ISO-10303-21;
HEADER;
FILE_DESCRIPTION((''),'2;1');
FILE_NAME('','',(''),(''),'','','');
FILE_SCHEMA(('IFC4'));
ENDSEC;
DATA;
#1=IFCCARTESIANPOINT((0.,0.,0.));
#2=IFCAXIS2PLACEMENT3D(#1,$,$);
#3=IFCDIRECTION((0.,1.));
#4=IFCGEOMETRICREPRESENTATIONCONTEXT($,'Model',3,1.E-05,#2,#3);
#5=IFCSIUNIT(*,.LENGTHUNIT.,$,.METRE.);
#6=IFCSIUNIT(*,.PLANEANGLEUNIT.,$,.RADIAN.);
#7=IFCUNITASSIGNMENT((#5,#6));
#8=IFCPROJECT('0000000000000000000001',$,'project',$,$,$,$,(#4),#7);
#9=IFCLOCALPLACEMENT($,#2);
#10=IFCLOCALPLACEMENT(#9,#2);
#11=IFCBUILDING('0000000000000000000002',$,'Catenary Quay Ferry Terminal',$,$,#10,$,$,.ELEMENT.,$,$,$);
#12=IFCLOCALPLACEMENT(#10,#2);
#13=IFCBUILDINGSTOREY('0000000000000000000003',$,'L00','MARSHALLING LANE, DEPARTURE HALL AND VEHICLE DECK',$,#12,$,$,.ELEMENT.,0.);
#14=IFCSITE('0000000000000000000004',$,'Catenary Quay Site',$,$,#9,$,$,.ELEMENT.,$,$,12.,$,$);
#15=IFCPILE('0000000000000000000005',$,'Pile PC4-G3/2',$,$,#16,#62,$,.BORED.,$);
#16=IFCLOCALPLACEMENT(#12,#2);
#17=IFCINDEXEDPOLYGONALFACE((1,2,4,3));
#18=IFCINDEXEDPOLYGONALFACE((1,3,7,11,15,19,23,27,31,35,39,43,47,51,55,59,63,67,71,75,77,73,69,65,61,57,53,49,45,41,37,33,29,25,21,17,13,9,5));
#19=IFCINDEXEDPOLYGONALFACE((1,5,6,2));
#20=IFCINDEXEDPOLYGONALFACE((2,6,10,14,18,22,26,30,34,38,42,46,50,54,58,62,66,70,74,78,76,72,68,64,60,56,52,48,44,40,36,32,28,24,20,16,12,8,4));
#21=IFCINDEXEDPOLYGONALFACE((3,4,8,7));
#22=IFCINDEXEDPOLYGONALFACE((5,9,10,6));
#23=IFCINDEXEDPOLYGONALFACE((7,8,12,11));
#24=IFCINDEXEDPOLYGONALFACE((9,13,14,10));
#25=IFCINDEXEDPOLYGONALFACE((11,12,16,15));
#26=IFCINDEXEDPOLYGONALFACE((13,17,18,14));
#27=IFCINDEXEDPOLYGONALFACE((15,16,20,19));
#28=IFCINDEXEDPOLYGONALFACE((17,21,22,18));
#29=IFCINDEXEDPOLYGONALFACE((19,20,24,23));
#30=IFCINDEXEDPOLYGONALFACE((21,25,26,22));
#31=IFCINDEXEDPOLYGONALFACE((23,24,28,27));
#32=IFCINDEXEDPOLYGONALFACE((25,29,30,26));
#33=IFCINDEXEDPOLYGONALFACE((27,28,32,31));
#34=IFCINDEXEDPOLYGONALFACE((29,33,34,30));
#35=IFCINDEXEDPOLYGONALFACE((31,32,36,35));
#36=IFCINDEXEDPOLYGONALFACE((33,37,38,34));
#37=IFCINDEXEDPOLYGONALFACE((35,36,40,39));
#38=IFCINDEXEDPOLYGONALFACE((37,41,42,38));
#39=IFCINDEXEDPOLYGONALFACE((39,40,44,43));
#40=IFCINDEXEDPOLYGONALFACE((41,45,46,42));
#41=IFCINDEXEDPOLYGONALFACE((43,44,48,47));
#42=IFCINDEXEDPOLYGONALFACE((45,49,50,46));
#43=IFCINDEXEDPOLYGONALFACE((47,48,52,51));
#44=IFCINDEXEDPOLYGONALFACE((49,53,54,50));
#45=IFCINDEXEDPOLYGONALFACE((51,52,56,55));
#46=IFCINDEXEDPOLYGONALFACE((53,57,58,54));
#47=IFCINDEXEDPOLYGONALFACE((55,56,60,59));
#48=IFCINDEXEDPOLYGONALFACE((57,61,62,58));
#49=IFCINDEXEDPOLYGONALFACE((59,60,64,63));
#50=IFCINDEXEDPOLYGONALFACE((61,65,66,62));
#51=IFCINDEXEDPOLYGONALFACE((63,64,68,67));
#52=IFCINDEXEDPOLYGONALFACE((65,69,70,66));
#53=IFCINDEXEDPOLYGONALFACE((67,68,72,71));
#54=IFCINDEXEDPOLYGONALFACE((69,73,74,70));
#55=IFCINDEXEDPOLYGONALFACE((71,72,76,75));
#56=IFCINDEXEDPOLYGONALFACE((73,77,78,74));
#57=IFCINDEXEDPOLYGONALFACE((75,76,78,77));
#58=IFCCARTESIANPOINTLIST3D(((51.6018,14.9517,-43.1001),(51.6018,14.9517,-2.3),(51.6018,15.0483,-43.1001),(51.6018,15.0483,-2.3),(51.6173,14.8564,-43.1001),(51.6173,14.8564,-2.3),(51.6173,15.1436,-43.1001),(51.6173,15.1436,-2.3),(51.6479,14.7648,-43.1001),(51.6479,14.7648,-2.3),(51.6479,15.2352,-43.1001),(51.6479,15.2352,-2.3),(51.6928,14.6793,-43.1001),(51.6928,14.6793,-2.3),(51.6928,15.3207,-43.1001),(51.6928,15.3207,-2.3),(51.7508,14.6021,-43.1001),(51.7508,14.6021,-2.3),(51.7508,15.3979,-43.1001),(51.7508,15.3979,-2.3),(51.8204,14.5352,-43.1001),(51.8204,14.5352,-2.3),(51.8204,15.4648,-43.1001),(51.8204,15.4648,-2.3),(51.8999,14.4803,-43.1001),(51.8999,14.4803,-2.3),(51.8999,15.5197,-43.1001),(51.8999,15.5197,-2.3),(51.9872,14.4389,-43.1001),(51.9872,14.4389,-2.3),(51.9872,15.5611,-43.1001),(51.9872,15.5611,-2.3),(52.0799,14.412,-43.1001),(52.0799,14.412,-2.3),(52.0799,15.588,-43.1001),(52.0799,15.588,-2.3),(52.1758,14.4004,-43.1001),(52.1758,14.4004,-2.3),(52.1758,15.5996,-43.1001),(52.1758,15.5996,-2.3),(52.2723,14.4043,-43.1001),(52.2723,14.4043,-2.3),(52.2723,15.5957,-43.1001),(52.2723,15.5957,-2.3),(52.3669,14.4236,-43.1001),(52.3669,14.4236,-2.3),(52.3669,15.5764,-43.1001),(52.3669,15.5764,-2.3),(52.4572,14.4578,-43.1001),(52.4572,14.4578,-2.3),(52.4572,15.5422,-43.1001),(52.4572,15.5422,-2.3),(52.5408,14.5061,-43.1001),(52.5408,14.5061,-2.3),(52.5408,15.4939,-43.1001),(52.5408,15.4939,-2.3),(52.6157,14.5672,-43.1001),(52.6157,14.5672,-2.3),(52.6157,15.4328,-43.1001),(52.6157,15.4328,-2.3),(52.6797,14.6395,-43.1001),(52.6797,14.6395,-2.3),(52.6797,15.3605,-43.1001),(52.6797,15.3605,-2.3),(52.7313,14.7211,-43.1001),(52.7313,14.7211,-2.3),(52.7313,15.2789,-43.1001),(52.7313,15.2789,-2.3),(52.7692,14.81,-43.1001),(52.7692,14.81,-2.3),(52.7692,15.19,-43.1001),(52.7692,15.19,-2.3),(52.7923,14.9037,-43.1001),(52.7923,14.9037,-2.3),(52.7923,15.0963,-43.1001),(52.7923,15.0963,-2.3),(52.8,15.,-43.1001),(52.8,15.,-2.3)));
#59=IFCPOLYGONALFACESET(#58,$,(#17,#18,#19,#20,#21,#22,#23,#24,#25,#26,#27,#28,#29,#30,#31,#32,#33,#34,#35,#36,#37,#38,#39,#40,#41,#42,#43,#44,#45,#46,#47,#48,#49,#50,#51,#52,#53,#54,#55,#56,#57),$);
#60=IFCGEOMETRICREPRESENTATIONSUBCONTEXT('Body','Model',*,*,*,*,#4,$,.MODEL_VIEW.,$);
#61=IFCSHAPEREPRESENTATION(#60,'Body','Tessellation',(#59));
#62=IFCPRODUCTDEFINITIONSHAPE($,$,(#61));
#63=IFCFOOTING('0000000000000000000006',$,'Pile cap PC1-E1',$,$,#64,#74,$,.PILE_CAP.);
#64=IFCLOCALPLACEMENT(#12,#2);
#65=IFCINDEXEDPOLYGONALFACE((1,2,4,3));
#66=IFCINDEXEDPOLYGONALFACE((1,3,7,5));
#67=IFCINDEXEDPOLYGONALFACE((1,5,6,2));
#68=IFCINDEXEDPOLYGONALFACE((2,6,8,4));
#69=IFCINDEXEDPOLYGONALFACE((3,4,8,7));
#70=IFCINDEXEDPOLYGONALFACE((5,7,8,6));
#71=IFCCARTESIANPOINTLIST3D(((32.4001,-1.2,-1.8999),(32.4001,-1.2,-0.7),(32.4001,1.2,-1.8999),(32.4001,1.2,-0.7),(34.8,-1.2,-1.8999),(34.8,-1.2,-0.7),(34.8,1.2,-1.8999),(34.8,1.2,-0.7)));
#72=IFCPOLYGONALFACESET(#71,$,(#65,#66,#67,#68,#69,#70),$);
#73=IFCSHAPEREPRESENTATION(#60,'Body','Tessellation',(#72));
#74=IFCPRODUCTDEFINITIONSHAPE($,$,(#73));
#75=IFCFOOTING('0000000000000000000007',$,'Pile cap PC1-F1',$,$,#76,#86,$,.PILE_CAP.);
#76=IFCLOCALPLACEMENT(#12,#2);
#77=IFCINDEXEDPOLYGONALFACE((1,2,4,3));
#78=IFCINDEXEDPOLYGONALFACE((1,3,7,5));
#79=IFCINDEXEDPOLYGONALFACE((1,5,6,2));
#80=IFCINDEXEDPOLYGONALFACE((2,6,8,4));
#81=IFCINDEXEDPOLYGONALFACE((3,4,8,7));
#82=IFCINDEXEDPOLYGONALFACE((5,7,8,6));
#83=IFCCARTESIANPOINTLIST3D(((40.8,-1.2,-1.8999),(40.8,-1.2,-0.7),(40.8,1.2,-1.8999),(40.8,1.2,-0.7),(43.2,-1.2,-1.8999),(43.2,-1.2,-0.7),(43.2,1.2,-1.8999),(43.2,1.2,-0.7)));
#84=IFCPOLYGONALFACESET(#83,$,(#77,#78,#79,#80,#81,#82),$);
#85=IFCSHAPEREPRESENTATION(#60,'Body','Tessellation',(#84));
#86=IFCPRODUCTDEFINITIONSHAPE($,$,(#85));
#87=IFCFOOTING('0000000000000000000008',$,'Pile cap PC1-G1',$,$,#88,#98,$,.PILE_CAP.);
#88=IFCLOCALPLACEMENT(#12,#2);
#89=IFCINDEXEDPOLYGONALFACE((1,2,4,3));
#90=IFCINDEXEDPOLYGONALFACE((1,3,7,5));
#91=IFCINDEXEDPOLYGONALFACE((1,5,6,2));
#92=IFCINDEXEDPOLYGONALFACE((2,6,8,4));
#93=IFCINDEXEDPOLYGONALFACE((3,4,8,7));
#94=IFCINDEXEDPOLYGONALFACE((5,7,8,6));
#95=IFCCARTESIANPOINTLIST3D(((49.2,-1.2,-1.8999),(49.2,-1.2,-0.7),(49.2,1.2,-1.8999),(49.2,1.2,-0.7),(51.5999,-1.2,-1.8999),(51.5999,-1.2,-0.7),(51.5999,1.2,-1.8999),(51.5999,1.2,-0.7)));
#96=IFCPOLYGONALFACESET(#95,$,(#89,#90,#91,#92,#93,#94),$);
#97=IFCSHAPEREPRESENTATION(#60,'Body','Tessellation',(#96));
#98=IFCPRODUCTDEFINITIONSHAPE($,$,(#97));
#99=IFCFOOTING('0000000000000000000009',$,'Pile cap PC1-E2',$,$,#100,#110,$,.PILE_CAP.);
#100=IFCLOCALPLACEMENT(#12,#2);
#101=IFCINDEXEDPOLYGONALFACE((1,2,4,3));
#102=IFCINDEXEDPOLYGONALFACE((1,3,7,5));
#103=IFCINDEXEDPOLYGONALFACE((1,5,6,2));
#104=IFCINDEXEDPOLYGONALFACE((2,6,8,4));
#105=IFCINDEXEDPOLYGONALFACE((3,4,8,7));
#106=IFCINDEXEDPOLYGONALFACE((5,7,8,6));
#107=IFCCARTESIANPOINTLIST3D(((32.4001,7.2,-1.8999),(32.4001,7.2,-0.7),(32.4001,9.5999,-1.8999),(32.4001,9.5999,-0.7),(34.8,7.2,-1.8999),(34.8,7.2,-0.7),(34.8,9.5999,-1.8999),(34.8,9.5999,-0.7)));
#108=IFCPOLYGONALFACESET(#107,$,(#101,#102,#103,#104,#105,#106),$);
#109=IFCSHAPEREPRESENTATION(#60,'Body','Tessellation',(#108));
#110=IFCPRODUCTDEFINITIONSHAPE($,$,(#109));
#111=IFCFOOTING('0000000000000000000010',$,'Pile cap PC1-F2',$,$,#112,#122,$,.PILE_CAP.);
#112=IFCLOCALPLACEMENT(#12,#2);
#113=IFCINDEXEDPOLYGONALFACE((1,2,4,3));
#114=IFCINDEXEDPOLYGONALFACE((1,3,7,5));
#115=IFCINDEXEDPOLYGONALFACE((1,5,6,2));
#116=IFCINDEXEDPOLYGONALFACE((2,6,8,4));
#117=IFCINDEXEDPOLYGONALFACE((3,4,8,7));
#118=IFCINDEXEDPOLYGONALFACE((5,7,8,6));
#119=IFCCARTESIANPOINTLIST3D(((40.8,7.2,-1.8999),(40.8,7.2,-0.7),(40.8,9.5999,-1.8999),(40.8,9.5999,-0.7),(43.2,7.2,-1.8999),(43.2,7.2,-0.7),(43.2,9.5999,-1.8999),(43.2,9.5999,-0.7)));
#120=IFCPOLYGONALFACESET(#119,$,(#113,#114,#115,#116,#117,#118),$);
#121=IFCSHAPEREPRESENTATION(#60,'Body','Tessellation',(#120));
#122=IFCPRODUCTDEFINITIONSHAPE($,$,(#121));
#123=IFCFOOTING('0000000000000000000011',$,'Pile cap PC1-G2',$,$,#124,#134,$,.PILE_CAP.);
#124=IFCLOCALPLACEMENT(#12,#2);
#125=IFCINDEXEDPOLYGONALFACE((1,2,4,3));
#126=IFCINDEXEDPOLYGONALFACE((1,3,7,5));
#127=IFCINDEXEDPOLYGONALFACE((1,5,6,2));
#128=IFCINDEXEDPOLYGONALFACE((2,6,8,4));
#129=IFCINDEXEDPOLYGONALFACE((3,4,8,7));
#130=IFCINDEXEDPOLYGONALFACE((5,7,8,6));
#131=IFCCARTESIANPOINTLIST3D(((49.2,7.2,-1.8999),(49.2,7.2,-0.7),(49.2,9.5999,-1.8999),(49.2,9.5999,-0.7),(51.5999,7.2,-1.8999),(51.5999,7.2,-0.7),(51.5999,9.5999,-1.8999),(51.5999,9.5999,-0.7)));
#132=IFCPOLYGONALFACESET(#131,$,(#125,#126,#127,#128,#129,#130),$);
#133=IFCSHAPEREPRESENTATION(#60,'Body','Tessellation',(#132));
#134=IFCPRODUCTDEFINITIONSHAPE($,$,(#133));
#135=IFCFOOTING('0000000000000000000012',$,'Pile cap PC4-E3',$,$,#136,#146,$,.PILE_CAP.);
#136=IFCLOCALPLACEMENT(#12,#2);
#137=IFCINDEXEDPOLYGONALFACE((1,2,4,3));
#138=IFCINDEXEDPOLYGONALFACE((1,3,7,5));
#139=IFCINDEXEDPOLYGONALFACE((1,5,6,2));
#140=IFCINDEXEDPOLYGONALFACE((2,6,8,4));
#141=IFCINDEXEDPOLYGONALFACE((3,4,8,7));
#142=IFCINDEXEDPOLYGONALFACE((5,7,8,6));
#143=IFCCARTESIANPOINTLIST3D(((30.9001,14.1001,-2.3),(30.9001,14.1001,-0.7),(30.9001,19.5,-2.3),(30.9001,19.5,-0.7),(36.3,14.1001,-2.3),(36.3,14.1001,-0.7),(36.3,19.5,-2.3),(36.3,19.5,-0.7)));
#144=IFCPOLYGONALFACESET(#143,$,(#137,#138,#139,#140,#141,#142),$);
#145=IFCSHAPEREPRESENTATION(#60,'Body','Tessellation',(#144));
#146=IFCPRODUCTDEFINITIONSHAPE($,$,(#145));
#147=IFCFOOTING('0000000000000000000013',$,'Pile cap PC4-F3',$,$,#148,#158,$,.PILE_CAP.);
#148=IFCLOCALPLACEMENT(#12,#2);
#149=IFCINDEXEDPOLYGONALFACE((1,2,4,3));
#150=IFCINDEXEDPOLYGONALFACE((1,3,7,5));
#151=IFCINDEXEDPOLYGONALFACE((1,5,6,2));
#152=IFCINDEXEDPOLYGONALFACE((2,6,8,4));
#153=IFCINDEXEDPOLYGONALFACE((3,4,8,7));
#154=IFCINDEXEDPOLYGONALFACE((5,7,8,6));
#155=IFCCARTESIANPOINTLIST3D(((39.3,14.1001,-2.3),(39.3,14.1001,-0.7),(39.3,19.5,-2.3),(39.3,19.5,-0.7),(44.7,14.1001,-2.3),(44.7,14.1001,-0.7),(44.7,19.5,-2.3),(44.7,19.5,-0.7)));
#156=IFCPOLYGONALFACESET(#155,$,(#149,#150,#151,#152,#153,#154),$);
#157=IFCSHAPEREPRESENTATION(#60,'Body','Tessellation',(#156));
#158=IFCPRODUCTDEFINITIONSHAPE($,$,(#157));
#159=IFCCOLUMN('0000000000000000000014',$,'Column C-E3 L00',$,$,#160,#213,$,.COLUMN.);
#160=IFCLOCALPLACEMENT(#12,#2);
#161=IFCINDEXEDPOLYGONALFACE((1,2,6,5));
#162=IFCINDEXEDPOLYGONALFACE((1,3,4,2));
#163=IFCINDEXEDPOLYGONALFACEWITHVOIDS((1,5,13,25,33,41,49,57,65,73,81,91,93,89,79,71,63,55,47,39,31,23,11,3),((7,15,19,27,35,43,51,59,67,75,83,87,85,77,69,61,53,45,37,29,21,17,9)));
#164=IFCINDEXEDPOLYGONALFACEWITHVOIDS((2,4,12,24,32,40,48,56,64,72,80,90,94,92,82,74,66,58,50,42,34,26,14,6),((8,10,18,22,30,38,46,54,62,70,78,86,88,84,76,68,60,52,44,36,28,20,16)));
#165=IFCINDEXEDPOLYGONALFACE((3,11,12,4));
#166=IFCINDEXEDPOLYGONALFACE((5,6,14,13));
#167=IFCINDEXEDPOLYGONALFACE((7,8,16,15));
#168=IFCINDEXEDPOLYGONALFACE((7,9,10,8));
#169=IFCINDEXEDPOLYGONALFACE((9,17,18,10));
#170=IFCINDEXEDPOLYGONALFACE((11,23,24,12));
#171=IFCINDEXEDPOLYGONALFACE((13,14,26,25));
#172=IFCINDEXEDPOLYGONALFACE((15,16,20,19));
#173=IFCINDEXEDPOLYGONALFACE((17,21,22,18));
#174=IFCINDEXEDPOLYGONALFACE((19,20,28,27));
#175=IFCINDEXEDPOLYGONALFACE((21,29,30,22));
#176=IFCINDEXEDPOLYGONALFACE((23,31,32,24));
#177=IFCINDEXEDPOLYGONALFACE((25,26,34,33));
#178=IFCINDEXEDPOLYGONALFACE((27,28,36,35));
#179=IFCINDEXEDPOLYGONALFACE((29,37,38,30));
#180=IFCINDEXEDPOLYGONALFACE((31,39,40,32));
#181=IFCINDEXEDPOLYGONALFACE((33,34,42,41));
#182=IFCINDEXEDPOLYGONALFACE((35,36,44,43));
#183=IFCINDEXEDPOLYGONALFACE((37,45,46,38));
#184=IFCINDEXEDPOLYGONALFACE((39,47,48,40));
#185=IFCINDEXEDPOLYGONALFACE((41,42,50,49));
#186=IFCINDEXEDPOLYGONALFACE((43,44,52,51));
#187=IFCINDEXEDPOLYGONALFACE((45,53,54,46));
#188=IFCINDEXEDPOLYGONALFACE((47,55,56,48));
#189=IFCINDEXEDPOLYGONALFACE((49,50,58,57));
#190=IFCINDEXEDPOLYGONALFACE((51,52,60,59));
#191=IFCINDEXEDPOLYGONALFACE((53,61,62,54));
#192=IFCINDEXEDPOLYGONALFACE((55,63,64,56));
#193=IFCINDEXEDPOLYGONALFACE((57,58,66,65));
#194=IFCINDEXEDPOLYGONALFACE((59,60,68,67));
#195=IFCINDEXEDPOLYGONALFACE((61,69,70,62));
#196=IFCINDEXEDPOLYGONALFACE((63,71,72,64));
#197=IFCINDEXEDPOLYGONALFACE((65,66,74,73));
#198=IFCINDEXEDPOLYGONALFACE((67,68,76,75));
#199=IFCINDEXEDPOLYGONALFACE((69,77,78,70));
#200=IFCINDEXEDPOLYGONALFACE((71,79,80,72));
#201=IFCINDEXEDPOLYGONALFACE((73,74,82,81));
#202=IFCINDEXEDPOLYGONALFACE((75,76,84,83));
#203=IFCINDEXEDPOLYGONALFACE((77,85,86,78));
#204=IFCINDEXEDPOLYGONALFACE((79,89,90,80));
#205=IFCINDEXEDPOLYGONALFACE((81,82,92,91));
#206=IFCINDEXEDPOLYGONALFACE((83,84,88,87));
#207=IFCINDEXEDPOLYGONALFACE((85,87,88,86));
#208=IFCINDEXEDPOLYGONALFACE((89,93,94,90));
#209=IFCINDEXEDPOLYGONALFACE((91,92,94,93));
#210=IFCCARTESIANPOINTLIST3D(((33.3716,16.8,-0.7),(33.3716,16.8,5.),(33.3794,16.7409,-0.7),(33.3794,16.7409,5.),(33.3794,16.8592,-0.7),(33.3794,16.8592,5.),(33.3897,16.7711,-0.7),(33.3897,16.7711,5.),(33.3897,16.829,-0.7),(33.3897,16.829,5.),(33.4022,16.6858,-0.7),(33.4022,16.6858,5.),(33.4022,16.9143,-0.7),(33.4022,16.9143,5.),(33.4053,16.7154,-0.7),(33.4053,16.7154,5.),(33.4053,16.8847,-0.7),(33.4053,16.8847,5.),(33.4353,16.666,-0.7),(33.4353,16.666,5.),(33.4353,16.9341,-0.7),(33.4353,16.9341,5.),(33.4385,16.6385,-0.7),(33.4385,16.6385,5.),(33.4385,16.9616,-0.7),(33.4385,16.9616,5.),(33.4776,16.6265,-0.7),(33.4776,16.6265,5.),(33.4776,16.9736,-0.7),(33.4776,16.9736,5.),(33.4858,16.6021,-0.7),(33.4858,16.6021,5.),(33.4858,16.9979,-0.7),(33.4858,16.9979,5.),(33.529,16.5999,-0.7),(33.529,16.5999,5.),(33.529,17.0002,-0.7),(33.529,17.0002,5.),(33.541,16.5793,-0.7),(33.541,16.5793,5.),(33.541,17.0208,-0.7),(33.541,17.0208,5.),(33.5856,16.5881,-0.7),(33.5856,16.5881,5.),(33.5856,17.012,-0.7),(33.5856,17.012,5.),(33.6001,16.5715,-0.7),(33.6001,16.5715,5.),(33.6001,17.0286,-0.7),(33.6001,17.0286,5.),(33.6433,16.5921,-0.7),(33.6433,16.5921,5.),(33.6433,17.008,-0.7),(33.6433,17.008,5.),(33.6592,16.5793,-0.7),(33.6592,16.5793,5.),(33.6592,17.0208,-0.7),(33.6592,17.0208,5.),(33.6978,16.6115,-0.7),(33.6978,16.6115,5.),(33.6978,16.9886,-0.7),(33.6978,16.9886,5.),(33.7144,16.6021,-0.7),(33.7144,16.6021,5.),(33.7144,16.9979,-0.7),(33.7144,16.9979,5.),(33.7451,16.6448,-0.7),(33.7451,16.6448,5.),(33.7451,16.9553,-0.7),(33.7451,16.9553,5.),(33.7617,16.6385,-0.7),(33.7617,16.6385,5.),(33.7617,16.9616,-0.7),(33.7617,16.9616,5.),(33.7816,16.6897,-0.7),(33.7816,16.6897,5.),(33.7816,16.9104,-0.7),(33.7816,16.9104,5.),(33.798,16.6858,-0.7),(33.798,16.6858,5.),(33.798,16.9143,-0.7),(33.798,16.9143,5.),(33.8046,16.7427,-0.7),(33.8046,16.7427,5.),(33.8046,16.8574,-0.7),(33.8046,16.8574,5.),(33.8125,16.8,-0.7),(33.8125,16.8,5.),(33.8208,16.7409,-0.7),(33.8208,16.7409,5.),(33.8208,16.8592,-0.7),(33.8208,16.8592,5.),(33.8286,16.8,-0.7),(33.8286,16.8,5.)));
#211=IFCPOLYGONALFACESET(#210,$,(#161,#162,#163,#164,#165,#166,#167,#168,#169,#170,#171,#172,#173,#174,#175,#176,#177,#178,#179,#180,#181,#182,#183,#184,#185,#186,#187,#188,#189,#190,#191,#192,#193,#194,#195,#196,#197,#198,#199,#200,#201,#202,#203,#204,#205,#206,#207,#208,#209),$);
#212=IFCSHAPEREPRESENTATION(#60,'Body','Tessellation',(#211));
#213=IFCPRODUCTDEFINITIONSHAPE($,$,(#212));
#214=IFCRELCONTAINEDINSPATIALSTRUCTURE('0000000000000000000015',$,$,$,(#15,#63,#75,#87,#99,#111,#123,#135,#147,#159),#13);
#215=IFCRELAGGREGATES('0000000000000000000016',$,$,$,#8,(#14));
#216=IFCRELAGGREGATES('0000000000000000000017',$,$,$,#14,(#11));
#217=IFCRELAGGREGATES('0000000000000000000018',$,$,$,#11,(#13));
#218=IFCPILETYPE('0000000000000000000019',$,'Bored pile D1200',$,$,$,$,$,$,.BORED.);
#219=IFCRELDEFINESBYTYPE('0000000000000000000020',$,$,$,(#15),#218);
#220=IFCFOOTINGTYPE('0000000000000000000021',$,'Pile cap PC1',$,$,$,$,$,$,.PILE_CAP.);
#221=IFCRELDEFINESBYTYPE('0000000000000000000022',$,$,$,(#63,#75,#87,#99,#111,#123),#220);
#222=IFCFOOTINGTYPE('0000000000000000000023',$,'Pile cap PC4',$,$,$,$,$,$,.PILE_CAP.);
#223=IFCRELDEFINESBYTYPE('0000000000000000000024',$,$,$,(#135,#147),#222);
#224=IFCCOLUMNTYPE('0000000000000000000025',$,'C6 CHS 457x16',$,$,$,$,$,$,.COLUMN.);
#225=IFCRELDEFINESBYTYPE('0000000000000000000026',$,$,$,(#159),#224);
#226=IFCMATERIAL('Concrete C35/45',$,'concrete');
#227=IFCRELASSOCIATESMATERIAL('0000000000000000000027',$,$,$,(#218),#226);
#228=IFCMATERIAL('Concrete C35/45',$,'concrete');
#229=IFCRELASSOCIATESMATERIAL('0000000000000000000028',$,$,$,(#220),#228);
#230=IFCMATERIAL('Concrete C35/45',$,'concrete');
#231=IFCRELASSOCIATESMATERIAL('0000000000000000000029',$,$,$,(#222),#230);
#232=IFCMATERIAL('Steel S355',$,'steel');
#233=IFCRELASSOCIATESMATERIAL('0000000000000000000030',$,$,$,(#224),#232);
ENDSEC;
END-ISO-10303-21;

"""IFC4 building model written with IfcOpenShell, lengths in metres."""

from ifc_helpers import new_model, si_unit, direction, frame, origin, origin_2d, place, context, subcontext, project, spatial, rectangle, circle, hollow_circle, extrude, material, material_profile, profile_set, type_object, element, save


model = new_model("IFC4")

# Units and contexts
model_context = context("Model", 3, precision=1e-05, world=origin(), true_north=direction((0.0, 1.0)))
body_context = subcontext(model_context, "Body", "Model", "MODEL_VIEW")
ifc_project = project(units=[si_unit("LENGTHUNIT", "METRE"), si_unit("PLANEANGLEUNIT", "RADIAN")], contexts=[model_context])

# Site, building, storey
site_placement = place(None, origin())
site = spatial("IfcSite", under=ifc_project, at=site_placement, Name="Catenary Quay Site", CompositionType="ELEMENT", RefElevation=12.0)
building_placement = place(site_placement, origin())
building = spatial("IfcBuilding", under=site, at=building_placement, Name="Catenary Quay Ferry Terminal", CompositionType="ELEMENT")
storey_placement = place(building_placement, origin())
storey = spatial("IfcBuildingStorey", under=building, at=storey_placement, Name="L00", Description="MARSHALLING LANE, DEPARTURE HALL AND VEHICLE DECK", CompositionType="ELEMENT", Elevation=0.0)

# Pile
ifc_material_1 = material(Name="Concrete C35/45", Category="concrete")
ifc_material_profile_1 = material_profile(ifc_material_1, circle(Radius=0.6001, at=origin_2d()), Name="D1200")
ifc_profile_set_1 = profile_set([ifc_material_profile_1], Name="Concrete C35/45")
pile_type = type_object("IfcPileType", Name="Bored pile D1200", PredefinedType="BORED", material=ifc_profile_set_1)
for number, where, z_axis, x_axis, name in (
    (1, (52.2, 15.0, -2.3), (0.0, 0.0, -1.0), (1.0, 0.0, 0.0), "Pile PC4-G3/2"),
):
    element("IfcPile", number, at=place(storey_placement, frame(where, z_axis=z_axis, x_axis=x_axis)), inside=storey, type_object=pile_type, Name=name, PredefinedType="BORED", context=body_context, shape_type="SweptSolid", body=[
        extrude(circle(Radius=0.6001, at=origin_2d()), origin(), (0.0, 0.0, 1.0), 40.8),
    ])

# Footings
ifc_material_2 = material(Name="Concrete C35/45", Category="concrete")
footing_type_1 = type_object("IfcFootingType", Name="Pile cap PC1", PredefinedType="PILE_CAP", material=ifc_material_2)
for number, where, z_axis, x_axis, name in (
    (2, (33.6001, 0.0, -1.8999), (0.0, 0.0, 1.0), (1.0, 0.0, 0.0), "Pile cap PC1-E1"),
    (3, (42.0, 0.0, -1.8999), (0.0, 0.0, 1.0), (1.0, 0.0, 0.0), "Pile cap PC1-F1"),
    (4, (50.3999, 0.0, -1.8999), (0.0, 0.0, 1.0), (1.0, 0.0, 0.0), "Pile cap PC1-G1"),
    (5, (33.6001, 8.3999, -1.8999), (0.0, 0.0, 1.0), (1.0, 0.0, 0.0), "Pile cap PC1-E2"),
    (6, (42.0, 8.3999, -1.8999), (0.0, 0.0, 1.0), (1.0, 0.0, 0.0), "Pile cap PC1-F2"),
    (7, (50.3999, 8.3999, -1.8999), (0.0, 0.0, 1.0), (1.0, 0.0, 0.0), "Pile cap PC1-G2"),
):
    element("IfcFooting", number, at=place(storey_placement, frame(where, z_axis=z_axis, x_axis=x_axis)), inside=storey, type_object=footing_type_1, Name=name, PredefinedType="PILE_CAP", context=body_context, shape_type="SweptSolid", body=[
        extrude(rectangle(XDim=2.3999, YDim=2.3999, at=origin_2d()), origin(), (0.0, 0.0, 1.0), 1.2),
    ])
ifc_material_3 = material(Name="Concrete C35/45", Category="concrete")
footing_type_2 = type_object("IfcFootingType", Name="Pile cap PC4", PredefinedType="PILE_CAP", material=ifc_material_3)
for number, where, z_axis, x_axis, name in (
    (8, (33.6001, 16.8, -2.3), (0.0, 0.0, 1.0), (1.0, 0.0, 0.0), "Pile cap PC4-E3"),
    (9, (42.0, 16.8, -2.3), (0.0, 0.0, 1.0), (1.0, 0.0, 0.0), "Pile cap PC4-F3"),
):
    element("IfcFooting", number, at=place(storey_placement, frame(where, z_axis=z_axis, x_axis=x_axis)), inside=storey, type_object=footing_type_2, Name=name, PredefinedType="PILE_CAP", context=body_context, shape_type="SweptSolid", body=[
        extrude(rectangle(XDim=5.3999, YDim=5.3999, at=origin_2d()), origin(), (0.0, 0.0, 1.0), 1.6001),
    ])

# Column
ifc_material_4 = material(Name="Steel S355", Category="steel")
ifc_material_profile_2 = material_profile(ifc_material_4, hollow_circle(Radius=0.2285, WallThickness=0.0161, at=origin_2d()), Name="CHS 457x16")
ifc_profile_set_2 = profile_set([ifc_material_profile_2], Name="Steel S355")
column_type = type_object("IfcColumnType", Name="C6 CHS 457x16", PredefinedType="COLUMN", material=ifc_profile_set_2)
for number, where, z_axis, x_axis, name in (
    (10, (33.6001, 16.8, -0.7), (0.0, 0.0, 1.0), (1.0, 0.0, 0.0), "Column C-E3 L00"),
):
    element("IfcColumn", number, at=place(storey_placement, frame(where, z_axis=z_axis, x_axis=x_axis)), inside=storey, type_object=column_type, Name=name, PredefinedType="COLUMN", context=body_context, shape_type="SweptSolid", body=[
        extrude(hollow_circle(Radius=0.2285, WallThickness=0.0161, at=origin_2d()), origin(), (0.0, 0.0, 1.0), 5.7),
    ])

save(model, "model.ifc")
